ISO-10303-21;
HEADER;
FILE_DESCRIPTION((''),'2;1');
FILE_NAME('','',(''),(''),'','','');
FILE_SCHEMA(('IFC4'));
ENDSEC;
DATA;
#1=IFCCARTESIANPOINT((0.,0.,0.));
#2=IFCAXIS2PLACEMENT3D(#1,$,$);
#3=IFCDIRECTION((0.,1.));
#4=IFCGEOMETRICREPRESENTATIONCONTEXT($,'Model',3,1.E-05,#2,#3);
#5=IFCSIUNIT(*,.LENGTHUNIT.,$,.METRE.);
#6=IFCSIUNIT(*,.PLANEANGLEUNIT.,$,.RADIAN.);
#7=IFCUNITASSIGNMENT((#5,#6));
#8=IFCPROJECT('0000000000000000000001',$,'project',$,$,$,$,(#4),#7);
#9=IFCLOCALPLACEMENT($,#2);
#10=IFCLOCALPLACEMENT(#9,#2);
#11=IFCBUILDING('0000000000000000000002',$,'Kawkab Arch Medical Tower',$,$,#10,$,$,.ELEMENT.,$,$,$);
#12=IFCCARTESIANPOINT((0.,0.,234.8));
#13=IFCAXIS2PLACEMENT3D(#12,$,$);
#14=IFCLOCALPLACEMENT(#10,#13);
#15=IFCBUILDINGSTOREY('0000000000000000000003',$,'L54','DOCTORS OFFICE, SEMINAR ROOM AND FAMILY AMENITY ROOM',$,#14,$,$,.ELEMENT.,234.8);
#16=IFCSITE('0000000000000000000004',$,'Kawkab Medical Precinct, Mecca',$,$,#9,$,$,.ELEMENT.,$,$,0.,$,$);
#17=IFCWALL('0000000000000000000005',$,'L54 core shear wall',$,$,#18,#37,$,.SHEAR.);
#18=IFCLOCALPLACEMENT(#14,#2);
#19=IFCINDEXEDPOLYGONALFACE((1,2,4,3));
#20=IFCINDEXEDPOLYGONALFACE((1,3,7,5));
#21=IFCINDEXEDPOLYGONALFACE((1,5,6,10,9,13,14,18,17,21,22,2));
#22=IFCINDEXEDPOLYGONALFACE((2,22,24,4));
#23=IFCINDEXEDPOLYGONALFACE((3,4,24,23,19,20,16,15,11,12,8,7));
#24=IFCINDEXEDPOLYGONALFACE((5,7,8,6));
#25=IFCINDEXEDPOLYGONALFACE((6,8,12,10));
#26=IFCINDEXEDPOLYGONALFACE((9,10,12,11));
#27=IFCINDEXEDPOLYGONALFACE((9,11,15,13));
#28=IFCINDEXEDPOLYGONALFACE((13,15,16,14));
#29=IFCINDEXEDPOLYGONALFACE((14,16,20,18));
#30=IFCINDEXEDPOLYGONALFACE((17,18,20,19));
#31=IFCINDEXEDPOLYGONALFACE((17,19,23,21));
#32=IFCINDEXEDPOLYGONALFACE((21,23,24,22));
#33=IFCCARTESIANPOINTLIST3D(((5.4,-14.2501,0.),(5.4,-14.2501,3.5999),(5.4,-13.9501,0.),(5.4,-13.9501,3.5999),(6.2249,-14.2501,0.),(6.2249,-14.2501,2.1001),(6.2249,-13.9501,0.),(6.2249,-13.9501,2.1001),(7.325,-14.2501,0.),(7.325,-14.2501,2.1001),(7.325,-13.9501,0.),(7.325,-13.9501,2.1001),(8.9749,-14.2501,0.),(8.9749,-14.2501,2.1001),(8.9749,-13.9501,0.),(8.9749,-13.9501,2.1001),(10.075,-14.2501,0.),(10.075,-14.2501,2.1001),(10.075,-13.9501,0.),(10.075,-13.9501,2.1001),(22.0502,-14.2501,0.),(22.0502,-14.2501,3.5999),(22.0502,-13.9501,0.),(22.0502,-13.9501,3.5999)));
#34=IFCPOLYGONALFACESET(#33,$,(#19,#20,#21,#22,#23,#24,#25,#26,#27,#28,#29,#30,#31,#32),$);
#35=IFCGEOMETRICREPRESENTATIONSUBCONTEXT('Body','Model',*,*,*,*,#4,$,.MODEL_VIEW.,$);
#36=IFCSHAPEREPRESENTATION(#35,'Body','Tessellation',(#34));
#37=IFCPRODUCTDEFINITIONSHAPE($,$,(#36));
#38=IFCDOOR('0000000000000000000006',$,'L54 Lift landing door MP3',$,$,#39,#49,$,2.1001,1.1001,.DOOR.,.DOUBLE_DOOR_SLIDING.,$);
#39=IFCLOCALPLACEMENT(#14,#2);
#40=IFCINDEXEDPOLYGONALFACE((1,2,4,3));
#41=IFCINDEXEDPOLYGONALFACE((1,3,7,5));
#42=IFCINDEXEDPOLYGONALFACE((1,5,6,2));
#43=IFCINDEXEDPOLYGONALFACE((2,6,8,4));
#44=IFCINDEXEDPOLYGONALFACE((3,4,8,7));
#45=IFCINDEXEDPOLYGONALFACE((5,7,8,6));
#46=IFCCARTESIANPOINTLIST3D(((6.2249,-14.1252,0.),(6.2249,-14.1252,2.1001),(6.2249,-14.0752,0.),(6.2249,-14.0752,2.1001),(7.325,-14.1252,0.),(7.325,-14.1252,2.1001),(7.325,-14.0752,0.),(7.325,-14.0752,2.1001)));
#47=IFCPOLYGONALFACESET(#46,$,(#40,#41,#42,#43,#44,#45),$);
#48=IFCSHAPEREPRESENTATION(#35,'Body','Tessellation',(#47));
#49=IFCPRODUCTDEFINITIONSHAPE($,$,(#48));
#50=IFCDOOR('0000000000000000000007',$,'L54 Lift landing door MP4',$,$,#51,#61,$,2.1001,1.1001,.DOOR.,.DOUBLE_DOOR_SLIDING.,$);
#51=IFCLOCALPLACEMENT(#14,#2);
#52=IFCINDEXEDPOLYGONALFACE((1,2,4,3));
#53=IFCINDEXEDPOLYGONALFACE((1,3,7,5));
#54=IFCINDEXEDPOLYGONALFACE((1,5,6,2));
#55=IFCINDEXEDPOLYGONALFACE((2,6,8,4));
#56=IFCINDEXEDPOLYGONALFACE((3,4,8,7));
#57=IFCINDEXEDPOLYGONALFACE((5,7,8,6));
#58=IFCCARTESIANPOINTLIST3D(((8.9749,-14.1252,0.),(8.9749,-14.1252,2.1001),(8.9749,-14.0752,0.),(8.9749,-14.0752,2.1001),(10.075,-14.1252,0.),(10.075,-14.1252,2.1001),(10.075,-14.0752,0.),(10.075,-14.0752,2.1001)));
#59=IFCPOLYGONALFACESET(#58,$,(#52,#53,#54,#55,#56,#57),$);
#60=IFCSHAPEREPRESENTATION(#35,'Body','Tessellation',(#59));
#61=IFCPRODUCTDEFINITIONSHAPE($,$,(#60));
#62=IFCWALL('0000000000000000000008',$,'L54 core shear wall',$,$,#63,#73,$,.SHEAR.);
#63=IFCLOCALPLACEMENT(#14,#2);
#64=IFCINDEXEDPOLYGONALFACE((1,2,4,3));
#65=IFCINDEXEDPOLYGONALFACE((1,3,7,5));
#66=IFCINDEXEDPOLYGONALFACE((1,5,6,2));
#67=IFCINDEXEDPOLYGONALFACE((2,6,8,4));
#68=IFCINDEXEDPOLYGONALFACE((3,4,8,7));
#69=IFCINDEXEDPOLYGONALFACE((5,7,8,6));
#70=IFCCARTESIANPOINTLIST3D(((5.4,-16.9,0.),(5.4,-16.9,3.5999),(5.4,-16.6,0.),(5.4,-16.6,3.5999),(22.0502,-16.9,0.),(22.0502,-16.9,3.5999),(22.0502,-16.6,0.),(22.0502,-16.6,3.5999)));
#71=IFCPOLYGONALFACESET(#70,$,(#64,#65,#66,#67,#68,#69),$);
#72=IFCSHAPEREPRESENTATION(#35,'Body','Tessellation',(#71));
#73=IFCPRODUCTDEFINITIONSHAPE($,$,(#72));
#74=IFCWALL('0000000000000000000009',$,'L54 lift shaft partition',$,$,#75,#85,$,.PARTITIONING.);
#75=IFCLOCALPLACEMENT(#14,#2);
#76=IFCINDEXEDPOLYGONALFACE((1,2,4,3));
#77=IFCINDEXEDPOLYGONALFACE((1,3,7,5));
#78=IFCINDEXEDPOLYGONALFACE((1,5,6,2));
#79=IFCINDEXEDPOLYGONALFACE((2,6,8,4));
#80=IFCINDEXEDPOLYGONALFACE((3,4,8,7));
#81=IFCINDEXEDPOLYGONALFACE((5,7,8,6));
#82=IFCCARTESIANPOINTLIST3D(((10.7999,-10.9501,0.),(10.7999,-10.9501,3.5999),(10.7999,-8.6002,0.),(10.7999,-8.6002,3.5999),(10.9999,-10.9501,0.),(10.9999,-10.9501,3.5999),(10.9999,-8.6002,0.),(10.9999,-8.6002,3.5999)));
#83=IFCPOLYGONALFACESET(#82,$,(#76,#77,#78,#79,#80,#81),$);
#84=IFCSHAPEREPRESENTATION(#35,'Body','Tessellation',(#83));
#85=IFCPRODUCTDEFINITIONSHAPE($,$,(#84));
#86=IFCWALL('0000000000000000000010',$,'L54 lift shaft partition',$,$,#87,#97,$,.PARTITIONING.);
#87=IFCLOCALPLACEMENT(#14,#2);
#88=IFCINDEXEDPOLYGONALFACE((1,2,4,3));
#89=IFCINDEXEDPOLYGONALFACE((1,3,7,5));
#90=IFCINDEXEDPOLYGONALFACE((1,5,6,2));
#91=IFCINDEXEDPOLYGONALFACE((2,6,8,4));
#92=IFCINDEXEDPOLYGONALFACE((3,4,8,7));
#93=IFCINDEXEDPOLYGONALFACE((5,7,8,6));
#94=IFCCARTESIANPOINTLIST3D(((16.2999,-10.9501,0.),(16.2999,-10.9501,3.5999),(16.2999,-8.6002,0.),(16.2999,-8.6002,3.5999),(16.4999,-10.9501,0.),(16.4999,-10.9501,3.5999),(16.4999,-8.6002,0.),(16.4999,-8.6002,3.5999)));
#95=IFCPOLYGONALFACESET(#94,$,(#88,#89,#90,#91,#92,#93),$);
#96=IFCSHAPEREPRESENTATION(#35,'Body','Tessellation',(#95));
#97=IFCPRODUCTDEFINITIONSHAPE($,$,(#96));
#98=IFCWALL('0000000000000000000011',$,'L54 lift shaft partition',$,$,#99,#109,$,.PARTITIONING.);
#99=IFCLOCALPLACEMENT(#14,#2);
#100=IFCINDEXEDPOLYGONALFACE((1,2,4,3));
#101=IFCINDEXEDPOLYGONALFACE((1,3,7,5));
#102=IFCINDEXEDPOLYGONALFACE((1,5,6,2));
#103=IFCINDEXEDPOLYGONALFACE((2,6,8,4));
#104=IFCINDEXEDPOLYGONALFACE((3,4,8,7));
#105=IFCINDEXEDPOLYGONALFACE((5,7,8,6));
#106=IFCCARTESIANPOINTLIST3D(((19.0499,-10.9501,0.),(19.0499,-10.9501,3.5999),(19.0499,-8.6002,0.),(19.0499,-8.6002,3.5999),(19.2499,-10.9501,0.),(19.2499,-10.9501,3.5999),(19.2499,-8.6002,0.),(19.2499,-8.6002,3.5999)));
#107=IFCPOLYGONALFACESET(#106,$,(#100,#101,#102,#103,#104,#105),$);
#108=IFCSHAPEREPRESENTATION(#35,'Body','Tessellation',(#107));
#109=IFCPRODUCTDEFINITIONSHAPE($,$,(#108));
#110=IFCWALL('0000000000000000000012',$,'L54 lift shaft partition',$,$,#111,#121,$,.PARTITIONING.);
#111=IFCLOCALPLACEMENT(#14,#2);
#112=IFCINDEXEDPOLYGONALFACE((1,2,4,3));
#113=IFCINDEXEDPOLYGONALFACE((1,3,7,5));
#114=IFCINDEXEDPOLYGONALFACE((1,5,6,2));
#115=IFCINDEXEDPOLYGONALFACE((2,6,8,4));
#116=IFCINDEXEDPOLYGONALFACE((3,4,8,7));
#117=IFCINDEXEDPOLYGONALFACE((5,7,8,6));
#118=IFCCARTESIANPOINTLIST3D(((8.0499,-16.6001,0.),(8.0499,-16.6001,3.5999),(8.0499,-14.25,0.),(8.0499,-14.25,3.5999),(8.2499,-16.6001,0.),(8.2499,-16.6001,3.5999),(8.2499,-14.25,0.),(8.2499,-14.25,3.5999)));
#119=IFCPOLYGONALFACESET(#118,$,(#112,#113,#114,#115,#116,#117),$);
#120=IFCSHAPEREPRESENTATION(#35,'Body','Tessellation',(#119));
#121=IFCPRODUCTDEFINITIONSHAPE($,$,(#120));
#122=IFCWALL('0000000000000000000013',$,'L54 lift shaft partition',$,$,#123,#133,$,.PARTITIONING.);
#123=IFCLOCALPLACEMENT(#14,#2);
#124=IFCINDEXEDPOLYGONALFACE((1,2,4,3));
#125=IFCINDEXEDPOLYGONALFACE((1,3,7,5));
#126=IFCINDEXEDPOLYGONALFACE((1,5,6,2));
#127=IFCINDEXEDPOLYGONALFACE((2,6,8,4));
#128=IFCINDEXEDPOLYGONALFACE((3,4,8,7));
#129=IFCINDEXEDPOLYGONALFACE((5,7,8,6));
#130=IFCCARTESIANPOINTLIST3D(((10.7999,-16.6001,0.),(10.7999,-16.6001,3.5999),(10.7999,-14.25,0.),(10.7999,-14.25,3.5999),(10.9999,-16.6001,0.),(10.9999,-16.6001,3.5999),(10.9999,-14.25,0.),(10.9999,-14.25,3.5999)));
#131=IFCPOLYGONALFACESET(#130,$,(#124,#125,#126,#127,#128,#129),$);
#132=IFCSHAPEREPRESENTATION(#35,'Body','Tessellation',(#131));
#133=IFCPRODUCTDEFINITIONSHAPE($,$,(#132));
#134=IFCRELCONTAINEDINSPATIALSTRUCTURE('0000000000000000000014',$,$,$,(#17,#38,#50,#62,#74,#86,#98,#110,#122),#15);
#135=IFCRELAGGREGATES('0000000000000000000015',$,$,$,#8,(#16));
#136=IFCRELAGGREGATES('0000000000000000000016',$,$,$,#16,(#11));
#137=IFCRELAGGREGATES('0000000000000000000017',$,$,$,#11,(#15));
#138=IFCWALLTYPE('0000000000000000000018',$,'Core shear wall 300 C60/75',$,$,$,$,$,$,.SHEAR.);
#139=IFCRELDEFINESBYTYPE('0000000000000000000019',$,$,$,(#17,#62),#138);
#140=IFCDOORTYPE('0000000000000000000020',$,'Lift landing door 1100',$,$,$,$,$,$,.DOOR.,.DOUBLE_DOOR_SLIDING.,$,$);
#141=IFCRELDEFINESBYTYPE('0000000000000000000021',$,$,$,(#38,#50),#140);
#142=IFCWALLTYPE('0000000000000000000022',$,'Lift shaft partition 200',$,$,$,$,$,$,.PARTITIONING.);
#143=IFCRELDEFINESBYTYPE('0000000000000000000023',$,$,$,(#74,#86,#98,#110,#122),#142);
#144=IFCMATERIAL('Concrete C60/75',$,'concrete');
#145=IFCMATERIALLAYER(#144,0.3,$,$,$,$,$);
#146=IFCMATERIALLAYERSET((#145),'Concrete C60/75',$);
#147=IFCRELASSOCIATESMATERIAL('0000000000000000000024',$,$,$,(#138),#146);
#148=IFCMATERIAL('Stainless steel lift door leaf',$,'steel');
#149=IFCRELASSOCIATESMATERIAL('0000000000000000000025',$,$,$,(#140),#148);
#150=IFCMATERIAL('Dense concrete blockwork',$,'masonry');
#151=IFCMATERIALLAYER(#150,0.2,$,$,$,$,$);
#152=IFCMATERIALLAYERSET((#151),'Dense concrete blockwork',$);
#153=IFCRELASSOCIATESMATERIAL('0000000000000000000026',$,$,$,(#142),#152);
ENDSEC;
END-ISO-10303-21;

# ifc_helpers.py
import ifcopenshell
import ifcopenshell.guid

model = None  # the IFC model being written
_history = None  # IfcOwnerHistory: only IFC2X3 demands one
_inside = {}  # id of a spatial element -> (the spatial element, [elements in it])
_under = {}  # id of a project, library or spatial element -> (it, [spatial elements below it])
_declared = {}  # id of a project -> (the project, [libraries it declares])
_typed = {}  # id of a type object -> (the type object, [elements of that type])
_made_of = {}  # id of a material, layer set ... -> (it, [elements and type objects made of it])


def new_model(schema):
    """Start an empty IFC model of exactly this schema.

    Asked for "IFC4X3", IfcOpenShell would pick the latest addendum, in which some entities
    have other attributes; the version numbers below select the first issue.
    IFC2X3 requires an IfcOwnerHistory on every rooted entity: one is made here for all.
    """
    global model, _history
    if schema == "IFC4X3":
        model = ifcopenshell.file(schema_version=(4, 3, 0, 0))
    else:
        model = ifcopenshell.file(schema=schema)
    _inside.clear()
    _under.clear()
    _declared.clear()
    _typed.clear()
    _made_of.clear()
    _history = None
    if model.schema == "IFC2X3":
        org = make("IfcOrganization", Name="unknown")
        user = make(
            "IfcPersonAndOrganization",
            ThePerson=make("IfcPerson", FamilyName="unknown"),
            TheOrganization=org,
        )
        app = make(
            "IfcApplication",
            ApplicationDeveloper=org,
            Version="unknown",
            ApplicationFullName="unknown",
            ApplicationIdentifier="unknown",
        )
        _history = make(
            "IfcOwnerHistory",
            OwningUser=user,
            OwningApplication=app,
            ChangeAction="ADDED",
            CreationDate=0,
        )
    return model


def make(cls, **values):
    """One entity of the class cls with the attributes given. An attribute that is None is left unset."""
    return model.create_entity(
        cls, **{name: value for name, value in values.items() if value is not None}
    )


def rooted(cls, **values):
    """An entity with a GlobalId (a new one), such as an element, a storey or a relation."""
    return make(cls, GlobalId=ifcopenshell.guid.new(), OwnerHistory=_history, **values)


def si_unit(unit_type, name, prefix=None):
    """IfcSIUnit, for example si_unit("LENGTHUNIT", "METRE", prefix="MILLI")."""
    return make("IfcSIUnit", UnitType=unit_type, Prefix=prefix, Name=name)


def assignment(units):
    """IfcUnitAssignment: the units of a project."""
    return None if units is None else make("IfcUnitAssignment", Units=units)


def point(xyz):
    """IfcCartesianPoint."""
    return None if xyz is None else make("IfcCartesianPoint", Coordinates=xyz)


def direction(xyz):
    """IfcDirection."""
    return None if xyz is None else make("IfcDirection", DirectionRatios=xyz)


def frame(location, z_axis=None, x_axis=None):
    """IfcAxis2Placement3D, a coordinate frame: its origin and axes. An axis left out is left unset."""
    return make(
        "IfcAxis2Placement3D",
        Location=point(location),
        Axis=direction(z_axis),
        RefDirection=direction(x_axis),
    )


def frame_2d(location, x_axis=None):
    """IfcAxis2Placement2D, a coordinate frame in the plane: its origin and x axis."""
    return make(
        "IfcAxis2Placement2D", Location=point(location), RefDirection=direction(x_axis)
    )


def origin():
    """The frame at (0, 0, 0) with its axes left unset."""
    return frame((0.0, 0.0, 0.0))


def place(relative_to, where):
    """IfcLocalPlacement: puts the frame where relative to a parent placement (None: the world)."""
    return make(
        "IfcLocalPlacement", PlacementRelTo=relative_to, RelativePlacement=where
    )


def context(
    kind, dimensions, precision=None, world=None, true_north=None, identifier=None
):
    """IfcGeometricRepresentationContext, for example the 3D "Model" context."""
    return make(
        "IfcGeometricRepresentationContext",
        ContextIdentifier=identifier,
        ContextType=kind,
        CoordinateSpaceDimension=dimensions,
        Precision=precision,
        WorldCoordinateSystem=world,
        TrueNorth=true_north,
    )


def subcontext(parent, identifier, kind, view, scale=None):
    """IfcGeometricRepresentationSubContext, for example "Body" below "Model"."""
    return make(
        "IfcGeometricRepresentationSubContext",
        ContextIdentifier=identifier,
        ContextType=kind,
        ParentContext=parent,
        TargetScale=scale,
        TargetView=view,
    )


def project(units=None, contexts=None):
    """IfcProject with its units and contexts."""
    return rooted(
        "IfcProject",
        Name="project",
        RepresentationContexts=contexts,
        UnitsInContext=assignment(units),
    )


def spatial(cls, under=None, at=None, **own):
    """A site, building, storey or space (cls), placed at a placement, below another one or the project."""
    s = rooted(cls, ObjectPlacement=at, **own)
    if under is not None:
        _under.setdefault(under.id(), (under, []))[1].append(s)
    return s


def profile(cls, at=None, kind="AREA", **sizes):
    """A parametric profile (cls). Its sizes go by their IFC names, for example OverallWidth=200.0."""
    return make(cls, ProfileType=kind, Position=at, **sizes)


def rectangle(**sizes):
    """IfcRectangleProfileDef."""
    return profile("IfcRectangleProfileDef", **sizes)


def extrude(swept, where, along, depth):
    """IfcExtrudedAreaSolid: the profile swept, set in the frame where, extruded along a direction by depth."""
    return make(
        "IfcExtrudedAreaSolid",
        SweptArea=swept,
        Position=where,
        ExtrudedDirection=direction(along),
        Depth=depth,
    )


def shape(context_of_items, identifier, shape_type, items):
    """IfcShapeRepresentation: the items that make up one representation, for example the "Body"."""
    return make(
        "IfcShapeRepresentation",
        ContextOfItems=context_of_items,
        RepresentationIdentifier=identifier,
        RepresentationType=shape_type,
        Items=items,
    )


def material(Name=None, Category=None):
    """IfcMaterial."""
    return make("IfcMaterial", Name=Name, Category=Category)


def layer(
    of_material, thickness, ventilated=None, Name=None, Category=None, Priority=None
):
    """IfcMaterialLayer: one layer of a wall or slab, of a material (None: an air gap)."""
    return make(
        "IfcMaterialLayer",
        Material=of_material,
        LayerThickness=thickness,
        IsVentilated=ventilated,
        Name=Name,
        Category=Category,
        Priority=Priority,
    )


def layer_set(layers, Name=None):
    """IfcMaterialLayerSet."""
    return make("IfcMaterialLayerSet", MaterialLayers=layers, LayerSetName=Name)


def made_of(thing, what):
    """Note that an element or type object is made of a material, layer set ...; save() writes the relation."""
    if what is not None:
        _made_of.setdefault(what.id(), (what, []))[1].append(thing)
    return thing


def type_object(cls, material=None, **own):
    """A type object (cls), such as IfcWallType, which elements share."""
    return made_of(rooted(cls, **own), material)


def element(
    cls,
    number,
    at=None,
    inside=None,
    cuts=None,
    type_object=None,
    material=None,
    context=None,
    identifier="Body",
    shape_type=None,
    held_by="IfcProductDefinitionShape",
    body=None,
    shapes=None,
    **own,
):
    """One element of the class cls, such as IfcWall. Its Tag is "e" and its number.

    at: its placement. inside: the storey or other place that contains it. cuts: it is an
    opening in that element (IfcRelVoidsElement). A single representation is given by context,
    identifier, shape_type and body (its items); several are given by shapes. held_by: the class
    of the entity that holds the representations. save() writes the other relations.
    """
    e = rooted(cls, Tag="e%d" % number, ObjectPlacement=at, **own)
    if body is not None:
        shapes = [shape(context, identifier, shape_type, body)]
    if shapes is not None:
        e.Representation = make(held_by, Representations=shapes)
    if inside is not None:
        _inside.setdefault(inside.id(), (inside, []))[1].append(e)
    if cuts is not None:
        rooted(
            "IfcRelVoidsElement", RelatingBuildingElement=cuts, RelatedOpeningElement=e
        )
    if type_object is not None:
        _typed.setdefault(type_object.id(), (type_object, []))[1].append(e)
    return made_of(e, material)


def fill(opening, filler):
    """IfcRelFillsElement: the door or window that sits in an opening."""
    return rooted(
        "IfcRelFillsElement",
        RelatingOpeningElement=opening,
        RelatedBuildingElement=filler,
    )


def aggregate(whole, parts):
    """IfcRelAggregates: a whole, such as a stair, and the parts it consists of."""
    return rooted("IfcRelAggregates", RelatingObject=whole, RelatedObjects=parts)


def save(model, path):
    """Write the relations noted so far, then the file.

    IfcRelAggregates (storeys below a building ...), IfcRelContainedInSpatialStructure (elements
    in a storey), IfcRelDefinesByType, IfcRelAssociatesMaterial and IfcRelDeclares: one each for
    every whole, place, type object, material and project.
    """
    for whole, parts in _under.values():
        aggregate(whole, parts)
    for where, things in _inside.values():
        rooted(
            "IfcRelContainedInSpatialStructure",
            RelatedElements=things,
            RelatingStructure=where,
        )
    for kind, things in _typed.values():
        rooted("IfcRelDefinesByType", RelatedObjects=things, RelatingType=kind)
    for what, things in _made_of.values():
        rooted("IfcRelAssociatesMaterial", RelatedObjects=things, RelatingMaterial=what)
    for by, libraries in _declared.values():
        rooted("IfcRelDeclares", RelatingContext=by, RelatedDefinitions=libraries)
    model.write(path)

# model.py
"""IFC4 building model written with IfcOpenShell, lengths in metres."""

from ifc_helpers import new_model, si_unit, direction, frame, frame_2d, origin, place, context, subcontext, project, spatial, rectangle, extrude, material, layer, layer_set, type_object, element, fill, save


model = new_model("IFC4")

# Units and contexts
model_context = context("Model", 3, precision=1e-05, world=origin(), true_north=direction((0.0, 1.0)))
body_context = subcontext(model_context, "Body", "Model", "MODEL_VIEW")
ifc_project = project(units=[si_unit("LENGTHUNIT", "METRE"), si_unit("PLANEANGLEUNIT", "RADIAN")], contexts=[model_context])

# Site, building, storey
site_placement = place(None, origin())
site = spatial("IfcSite", under=ifc_project, at=site_placement, Name="Kawkab Medical Precinct, Mecca", CompositionType="ELEMENT", RefElevation=0.0)
building_placement = place(site_placement, origin())
building = spatial("IfcBuilding", under=site, at=building_placement, Name="Kawkab Arch Medical Tower", CompositionType="ELEMENT")
storey_placement = place(building_placement, frame((0.0, 0.0, 234.8)))
storey = spatial("IfcBuildingStorey", under=building, at=storey_placement, Name="L54", Description="DOCTORS OFFICE, SEMINAR ROOM AND FAMILY AMENITY ROOM", CompositionType="ELEMENT", Elevation=234.8)

# Wall, openings, doors
ifc_material_1 = material(Name="Concrete C60/75", Category="concrete")
ifc_layer_1 = layer(ifc_material_1, 0.3)
ifc_layer_set_1 = layer_set([ifc_layer_1], Name="Concrete C60/75")
wall_type_1 = type_object("IfcWallType", Name="Core shear wall 300 C60/75", PredefinedType="SHEAR", material=ifc_layer_set_1)
ifc_material_2 = material(Name="Stainless steel lift door leaf", Category="steel")
door_type_1 = type_object("IfcDoorType", Name="Lift landing door 1100", OperationType="DOUBLE_DOOR_SLIDING", PredefinedType="DOOR", material=ifc_material_2)
wall_1_placement = place(storey_placement, frame((5.3999, -14.1001, 0.0), z_axis=(0.0, 0.0, 1.0), x_axis=(1.0, 0.0, 0.0)))
wall_1 = element("IfcWall", 1, at=wall_1_placement, inside=storey, type_object=wall_type_1, Name="L54 core shear wall", PredefinedType="SHEAR", context=body_context, shape_type="SweptSolid", body=[
    extrude(rectangle(XDim=16.6501, YDim=0.3, at=frame_2d((8.3252, 0.0))), origin(), (0.0, 0.0, 1.0), 3.5999),
])
opening_1_placement = place(wall_1_placement, frame((0.825, 0.0, 0.0)))
opening_1 = element("IfcOpeningElement", 2, at=opening_1_placement, cuts=wall_1, PredefinedType="OPENING", context=body_context, shape_type="SweptSolid", body=[
    extrude(rectangle(XDim=1.1001, YDim=2.1001, at=frame_2d((0.55, 1.05))), frame((0.0, 0.1599, 0.0), z_axis=(0.0, -1.0, 0.0), x_axis=(1.0, 0.0, 0.0)), (0.0, 0.0, 1.0), 0.3201),
])
opening_2_placement = place(wall_1_placement, frame((3.575, 0.0, 0.0)))
opening_2 = element("IfcOpeningElement", 3, at=opening_2_placement, cuts=wall_1, PredefinedType="OPENING", context=body_context, shape_type="SweptSolid", body=[
    extrude(rectangle(XDim=1.1001, YDim=2.1001, at=frame_2d((0.55, 1.05))), frame((0.0, 0.1599, 0.0), z_axis=(0.0, -1.0, 0.0), x_axis=(1.0, 0.0, 0.0)), (0.0, 0.0, 1.0), 0.3201),
])
door_1_placement = place(opening_1_placement, origin())
door_1 = element("IfcDoor", 4, at=door_1_placement, inside=storey, type_object=door_type_1, Name="L54 Lift landing door MP3", OperationType="DOUBLE_DOOR_SLIDING", OverallHeight=2.1001, OverallWidth=1.1001, PredefinedType="DOOR", context=body_context, shape_type="SweptSolid", body=[
    extrude(rectangle(XDim=1.1001, YDim=2.1001, at=frame_2d((0.55, 1.05))), frame((0.0, 0.0249, 0.0), z_axis=(0.0, -1.0, 0.0), x_axis=(1.0, 0.0, 0.0)), (0.0, 0.0, 1.0), 0.05),
])
fill(opening_1, door_1)
door_2_placement = place(opening_2_placement, origin())
door_2 = element("IfcDoor", 5, at=door_2_placement, inside=storey, type_object=door_type_1, Name="L54 Lift landing door MP4", OperationType="DOUBLE_DOOR_SLIDING", OverallHeight=2.1001, OverallWidth=1.1001, PredefinedType="DOOR", context=body_context, shape_type="SweptSolid", body=[
    extrude(rectangle(XDim=1.1001, YDim=2.1001, at=frame_2d((0.55, 1.05))), frame((0.0, 0.0249, 0.0), z_axis=(0.0, -1.0, 0.0), x_axis=(1.0, 0.0, 0.0)), (0.0, 0.0, 1.0), 0.05),
])
fill(opening_2, door_2)

# Walls
wall_2_placement = place(storey_placement, frame((5.3999, -16.75, 0.0), z_axis=(0.0, 0.0, 1.0), x_axis=(1.0, 0.0, 0.0)))
element("IfcWall", 6, at=wall_2_placement, inside=storey, type_object=wall_type_1, Name="L54 core shear wall", PredefinedType="SHEAR", context=body_context, shape_type="SweptSolid", body=[
    extrude(rectangle(XDim=16.6501, YDim=0.3, at=frame_2d((8.3252, 0.0))), origin(), (0.0, 0.0, 1.0), 3.5999),
])
ifc_material_3 = material(Name="Dense concrete blockwork", Category="masonry")
ifc_layer_2 = layer(ifc_material_3, 0.2)
ifc_layer_set_2 = layer_set([ifc_layer_2], Name="Dense concrete blockwork")
wall_type_2 = type_object("IfcWallType", Name="Lift shaft partition 200", PredefinedType="PARTITIONING", material=ifc_layer_set_2)
for number, where, z_axis, x_axis, name in (
    (7, (10.8999, -10.95, 0.0), (0.0, 0.0, 1.0), (0.0, 1.0, 0.0), "L54 lift shaft partition"),
    (8, (16.3999, -10.95, 0.0), (0.0, 0.0, 1.0), (0.0, 1.0, 0.0), "L54 lift shaft partition"),
    (9, (19.1499, -10.95, 0.0), (0.0, 0.0, 1.0), (0.0, 1.0, 0.0), "L54 lift shaft partition"),
):
    element("IfcWall", number, at=place(storey_placement, frame(where, z_axis=z_axis, x_axis=x_axis)), inside=storey, type_object=wall_type_2, Name=name, PredefinedType="PARTITIONING", context=body_context, shape_type="SweptSolid", body=[
        extrude(rectangle(XDim=2.3499, YDim=0.2, at=frame_2d((1.1748, 0.0))), origin(), (0.0, 0.0, 1.0), 3.5999),
    ])
for number, where, z_axis, x_axis, name in (
    (10, (8.1499, -16.6001, 0.0), (0.0, 0.0, 1.0), (0.0, 1.0, 0.0), "L54 lift shaft partition"),
    (11, (10.8999, -16.6001, 0.0), (0.0, 0.0, 1.0), (0.0, 1.0, 0.0), "L54 lift shaft partition"),
):
    element("IfcWall", number, at=place(storey_placement, frame(where, z_axis=z_axis, x_axis=x_axis)), inside=storey, type_object=wall_type_2, Name=name, PredefinedType="PARTITIONING", context=body_context, shape_type="SweptSolid", body=[
        extrude(rectangle(XDim=2.3501, YDim=0.2, at=frame_2d((1.175, 0.0))), origin(), (0.0, 0.0, 1.0), 3.5999),
    ])

save(model, "model.ifc")
